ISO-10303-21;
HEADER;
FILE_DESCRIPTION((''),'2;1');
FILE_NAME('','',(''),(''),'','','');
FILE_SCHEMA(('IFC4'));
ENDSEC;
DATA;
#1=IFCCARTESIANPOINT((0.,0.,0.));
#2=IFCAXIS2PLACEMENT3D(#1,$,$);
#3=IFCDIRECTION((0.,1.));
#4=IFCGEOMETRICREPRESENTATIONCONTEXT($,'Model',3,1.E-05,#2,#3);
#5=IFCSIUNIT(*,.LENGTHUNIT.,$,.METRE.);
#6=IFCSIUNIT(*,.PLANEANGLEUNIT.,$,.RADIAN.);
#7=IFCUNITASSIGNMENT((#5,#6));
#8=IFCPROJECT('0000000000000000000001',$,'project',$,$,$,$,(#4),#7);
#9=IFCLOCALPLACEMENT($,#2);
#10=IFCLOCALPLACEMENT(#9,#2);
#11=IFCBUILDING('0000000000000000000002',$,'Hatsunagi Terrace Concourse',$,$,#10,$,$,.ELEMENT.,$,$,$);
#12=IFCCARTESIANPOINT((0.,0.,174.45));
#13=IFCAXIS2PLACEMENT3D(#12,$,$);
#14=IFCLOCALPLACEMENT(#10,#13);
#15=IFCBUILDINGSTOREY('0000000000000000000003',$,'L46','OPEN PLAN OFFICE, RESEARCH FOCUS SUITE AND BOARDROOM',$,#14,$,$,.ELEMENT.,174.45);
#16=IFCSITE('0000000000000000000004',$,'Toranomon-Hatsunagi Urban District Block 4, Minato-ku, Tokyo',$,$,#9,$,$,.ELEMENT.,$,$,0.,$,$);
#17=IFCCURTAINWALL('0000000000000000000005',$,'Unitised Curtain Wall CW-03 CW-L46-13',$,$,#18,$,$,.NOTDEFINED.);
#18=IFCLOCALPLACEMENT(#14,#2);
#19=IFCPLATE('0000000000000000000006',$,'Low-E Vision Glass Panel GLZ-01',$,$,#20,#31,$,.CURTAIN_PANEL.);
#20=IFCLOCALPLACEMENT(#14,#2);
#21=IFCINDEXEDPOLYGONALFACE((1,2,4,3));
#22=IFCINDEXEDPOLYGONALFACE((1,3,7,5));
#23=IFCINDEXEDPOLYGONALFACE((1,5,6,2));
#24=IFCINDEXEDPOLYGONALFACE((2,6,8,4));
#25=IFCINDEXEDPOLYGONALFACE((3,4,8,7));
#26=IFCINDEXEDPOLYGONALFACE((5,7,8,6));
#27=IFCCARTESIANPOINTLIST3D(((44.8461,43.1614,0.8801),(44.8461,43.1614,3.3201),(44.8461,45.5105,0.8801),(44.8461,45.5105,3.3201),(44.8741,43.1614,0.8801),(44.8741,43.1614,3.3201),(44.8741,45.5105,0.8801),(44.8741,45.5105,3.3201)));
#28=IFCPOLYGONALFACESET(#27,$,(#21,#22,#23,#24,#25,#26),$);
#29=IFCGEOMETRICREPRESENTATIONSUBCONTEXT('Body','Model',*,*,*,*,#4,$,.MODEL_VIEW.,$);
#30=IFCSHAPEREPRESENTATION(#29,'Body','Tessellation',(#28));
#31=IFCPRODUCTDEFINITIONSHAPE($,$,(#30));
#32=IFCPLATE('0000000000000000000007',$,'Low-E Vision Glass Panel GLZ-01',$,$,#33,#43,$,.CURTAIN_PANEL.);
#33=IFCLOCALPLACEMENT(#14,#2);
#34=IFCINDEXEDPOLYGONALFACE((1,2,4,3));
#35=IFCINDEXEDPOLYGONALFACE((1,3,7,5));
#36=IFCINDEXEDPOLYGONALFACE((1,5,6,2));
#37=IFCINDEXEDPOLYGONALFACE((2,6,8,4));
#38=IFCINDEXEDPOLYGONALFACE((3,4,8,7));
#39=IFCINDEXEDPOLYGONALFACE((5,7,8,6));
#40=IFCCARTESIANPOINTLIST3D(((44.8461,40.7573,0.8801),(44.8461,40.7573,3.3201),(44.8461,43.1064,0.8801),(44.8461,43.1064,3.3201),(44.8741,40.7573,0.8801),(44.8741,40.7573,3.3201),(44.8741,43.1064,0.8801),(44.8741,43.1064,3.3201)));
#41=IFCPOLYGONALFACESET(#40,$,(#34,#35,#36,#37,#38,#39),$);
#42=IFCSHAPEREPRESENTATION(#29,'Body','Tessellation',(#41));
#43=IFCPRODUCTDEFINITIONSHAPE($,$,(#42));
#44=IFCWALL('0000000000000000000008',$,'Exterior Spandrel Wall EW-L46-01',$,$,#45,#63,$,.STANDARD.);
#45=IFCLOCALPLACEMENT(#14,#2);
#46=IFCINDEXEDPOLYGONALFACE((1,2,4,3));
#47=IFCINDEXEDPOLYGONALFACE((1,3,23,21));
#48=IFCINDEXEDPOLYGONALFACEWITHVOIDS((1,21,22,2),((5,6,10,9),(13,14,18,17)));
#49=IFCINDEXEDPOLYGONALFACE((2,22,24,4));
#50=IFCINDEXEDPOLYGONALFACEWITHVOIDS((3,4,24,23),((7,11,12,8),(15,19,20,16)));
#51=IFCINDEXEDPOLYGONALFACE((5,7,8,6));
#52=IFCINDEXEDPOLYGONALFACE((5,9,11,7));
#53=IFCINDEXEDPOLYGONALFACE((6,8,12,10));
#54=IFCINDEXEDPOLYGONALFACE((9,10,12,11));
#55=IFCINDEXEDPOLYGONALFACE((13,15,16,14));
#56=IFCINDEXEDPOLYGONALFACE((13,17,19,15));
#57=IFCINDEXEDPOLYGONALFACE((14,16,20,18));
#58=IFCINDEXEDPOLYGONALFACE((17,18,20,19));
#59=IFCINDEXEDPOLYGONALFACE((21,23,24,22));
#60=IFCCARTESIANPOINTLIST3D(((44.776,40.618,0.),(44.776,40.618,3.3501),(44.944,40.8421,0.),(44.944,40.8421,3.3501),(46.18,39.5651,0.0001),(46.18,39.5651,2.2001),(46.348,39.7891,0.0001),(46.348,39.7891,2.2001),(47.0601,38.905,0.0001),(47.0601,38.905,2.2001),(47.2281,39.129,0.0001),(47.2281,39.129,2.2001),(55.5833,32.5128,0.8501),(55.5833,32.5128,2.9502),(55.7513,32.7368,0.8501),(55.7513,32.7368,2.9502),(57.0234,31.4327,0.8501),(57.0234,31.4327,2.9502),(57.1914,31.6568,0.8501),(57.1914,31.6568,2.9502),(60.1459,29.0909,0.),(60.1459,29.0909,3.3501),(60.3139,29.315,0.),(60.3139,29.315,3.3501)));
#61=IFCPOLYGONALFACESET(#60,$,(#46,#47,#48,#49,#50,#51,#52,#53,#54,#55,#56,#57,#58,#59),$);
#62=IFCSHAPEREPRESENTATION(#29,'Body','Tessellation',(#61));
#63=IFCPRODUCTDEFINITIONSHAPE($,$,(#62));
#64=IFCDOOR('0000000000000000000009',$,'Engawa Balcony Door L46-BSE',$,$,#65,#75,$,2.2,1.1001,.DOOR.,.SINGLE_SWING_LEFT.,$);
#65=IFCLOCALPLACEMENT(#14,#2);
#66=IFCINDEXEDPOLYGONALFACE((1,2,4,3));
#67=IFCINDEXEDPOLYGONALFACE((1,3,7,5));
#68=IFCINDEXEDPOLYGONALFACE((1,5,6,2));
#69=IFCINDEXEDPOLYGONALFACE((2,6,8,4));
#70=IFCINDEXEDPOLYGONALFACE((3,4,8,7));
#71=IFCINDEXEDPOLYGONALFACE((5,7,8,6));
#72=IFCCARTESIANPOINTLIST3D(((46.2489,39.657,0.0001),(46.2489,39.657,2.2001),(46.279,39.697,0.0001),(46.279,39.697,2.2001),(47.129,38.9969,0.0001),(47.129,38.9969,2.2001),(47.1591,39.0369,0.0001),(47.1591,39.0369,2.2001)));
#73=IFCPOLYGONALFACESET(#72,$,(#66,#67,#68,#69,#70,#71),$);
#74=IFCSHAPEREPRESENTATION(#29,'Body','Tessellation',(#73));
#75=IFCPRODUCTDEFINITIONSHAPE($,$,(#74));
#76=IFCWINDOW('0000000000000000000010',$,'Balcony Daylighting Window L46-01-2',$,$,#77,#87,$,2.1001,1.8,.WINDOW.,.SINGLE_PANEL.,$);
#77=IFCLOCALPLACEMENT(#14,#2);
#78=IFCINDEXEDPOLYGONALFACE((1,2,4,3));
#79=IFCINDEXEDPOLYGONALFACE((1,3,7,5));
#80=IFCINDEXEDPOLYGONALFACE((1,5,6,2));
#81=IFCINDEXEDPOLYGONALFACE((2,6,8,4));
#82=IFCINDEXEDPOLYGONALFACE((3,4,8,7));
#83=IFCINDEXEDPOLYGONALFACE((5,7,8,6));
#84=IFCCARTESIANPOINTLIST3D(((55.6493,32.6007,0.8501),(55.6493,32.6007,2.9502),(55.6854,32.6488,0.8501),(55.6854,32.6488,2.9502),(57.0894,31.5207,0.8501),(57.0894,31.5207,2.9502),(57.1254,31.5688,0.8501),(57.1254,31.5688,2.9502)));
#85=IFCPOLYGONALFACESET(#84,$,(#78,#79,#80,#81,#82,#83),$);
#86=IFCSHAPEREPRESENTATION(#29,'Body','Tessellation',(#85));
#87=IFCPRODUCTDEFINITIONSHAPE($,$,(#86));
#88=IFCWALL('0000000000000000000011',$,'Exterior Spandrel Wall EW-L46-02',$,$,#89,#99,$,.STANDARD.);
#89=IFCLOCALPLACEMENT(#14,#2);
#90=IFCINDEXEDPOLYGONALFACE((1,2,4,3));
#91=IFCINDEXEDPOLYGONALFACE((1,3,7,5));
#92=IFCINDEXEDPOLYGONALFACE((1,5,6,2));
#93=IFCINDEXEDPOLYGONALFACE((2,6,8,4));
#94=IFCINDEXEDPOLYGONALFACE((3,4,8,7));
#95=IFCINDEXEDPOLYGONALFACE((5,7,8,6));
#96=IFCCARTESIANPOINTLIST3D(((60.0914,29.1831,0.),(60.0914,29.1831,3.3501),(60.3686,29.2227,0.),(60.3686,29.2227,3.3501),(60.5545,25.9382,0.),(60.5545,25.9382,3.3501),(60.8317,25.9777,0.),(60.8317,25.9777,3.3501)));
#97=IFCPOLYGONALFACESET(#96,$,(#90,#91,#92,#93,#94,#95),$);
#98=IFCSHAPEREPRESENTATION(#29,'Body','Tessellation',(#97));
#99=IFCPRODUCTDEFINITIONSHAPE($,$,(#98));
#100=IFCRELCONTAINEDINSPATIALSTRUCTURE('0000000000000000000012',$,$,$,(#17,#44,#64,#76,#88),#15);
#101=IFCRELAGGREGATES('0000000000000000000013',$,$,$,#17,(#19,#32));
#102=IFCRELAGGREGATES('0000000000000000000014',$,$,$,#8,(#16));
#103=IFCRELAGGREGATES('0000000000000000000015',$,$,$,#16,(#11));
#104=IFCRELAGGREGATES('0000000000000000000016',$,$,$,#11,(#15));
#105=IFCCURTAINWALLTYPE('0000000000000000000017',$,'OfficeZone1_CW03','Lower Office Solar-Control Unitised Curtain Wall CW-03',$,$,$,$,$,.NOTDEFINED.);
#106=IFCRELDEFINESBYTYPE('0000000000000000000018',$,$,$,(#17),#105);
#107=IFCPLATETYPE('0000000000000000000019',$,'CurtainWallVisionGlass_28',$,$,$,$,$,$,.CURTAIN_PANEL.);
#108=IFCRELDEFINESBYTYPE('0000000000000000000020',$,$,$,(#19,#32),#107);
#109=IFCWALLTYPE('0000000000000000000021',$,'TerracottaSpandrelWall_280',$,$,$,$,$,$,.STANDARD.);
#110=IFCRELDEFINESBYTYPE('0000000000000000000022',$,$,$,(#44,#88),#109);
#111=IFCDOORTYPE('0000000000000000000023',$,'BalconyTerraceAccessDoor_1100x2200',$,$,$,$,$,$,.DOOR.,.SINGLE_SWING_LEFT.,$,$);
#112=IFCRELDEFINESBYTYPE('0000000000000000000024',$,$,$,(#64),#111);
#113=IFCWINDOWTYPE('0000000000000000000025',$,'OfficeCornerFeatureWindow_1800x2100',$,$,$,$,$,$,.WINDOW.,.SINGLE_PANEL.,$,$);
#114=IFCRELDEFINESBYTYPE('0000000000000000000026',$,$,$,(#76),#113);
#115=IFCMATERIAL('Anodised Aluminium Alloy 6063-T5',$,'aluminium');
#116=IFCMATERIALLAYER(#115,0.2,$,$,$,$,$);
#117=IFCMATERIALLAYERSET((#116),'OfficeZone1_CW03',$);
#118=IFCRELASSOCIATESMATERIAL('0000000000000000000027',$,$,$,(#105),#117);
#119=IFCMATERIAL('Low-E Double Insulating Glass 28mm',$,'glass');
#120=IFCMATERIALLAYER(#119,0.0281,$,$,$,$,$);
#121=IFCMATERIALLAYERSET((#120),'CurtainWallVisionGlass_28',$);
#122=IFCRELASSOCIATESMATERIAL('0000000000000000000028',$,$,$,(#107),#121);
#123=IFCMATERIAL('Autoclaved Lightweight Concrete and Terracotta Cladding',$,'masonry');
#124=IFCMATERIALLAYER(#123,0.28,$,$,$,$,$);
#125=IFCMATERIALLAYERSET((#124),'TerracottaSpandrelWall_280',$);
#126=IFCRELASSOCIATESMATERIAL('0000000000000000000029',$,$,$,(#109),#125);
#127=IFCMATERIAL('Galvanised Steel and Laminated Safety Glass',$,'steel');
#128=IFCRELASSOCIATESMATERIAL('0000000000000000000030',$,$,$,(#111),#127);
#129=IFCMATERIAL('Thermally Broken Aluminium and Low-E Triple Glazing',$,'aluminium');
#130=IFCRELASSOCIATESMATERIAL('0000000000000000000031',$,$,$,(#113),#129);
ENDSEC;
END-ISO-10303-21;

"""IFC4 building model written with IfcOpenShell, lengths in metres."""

from ifc_helpers import new_model, si_unit, direction, frame, frame_2d, origin, origin_2d, place, context, subcontext, project, spatial, rectangle, extrude, material, layer, layer_set, type_object, element, fill, aggregate, save


model = new_model("IFC4")

# Units and contexts
model_context = context("Model", 3, precision=1e-05, world=origin(), true_north=direction((0.0, 1.0)))
body_context = subcontext(model_context, "Body", "Model", "MODEL_VIEW")
ifc_project = project(units=[si_unit("LENGTHUNIT", "METRE"), si_unit("PLANEANGLEUNIT", "RADIAN")], contexts=[model_context])

# Site, building, storey
site_placement = place(None, origin())
site = spatial("IfcSite", under=ifc_project, at=site_placement, Name="Toranomon-Hatsunagi Urban District Block 4, Minato-ku, Tokyo", CompositionType="ELEMENT", RefElevation=0.0)
building_placement = place(site_placement, origin())
building = spatial("IfcBuilding", under=site, at=building_placement, Name="Hatsunagi Terrace Concourse", CompositionType="ELEMENT")
storey_placement = place(building_placement, frame((0.0, 0.0, 174.45)))
storey = spatial("IfcBuildingStorey", under=building, at=storey_placement, Name="L46", Description="OPEN PLAN OFFICE, RESEARCH FOCUS SUITE AND BOARDROOM", CompositionType="ELEMENT", Elevation=174.45)

# Curtain wall
ifc_material_1 = material(Name="Anodised Aluminium Alloy 6063-T5", Category="aluminium")
ifc_layer_1 = layer(ifc_material_1, 0.2)
ifc_layer_set_1 = layer_set([ifc_layer_1], Name="OfficeZone1_CW03")
curtain_wall_type = type_object("IfcCurtainWallType", Name="OfficeZone1_CW03", Description="Lower Office Solar-Control Unitised Curtain Wall CW-03", PredefinedType="NOTDEFINED", material=ifc_layer_set_1)
curtain_wall_placement = place(storey_placement, origin())
curtain_wall = element("IfcCurtainWall", 1, at=curtain_wall_placement, inside=storey, type_object=curtain_wall_type, Name="Unitised Curtain Wall CW-03 CW-L46-13", PredefinedType="NOTDEFINED")

# Plates
ifc_material_2 = material(Name="Low-E Double Insulating Glass 28mm", Category="glass")
ifc_layer_2 = layer(ifc_material_2, 0.0281)
ifc_layer_set_2 = layer_set([ifc_layer_2], Name="CurtainWallVisionGlass_28")
plate_type_1 = type_object("IfcPlateType", Name="CurtainWallVisionGlass_28", PredefinedType="CURTAIN_PANEL", material=ifc_layer_set_2)
plate_1_placement = place(storey_placement, frame((44.8601, 44.3359, 0.8801), z_axis=(0.0, 0.0, 1.0), x_axis=(0.0, -1.0, 0.0)))
plate_1 = element("IfcPlate", 2, at=plate_1_placement, type_object=plate_type_1, Name="Low-E Vision Glass Panel GLZ-01", PredefinedType="CURTAIN_PANEL", context=body_context, shape_type="SweptSolid", body=[
    extrude(rectangle(XDim=2.3491, YDim=0.0281, at=origin_2d()), origin(), (0.0, 0.0, 1.0), 2.4399),
])
plate_2_placement = place(storey_placement, frame((44.8601, 41.9319, 0.8801), z_axis=(0.0, 0.0, 1.0), x_axis=(0.0, -1.0, 0.0)))
plate_2 = element("IfcPlate", 3, at=plate_2_placement, type_object=plate_type_1, Name="Low-E Vision Glass Panel GLZ-01", PredefinedType="CURTAIN_PANEL", context=body_context, shape_type="SweptSolid", body=[
    extrude(rectangle(XDim=2.3491, YDim=0.0281, at=origin_2d()), origin(), (0.0, 0.0, 1.0), 2.4399),
])
aggregate(curtain_wall, [plate_1, plate_2])

# Wall, openings, door, window
ifc_material_3 = material(Name="Autoclaved Lightweight Concrete and Terracotta Cladding", Category="masonry")
ifc_layer_3 = layer(ifc_material_3, 0.28)
ifc_layer_set_3 = layer_set([ifc_layer_3], Name="TerracottaSpandrelWall_280")
wall_type = type_object("IfcWallType", Name="TerracottaSpandrelWall_280", PredefinedType="STANDARD", material=ifc_layer_set_3)
wall_1_placement = place(storey_placement, frame((44.8601, 40.73, 0.0), z_axis=(0.0, 0.0, 1.0), x_axis=(0.800008, -0.59999, 0.0)))
wall_1 = element("IfcWall", 4, at=wall_1_placement, inside=storey, type_object=wall_type, Name="Exterior Spandrel Wall EW-L46-01", PredefinedType="STANDARD", context=body_context, shape_type="SweptSolid", body=[
    extrude(rectangle(XDim=19.2122, YDim=0.28, at=frame_2d((9.606, 0.0))), origin(), (0.0, 0.0, 1.0), 3.3501),
])
opening_1_placement = place(wall_1_placement, frame((1.7549, 0.0, 0.0)))
opening_1 = element("IfcOpeningElement", 5, at=opening_1_placement, cuts=wall_1, PredefinedType="OPENING", context=body_context, shape_type="SweptSolid", body=[
    extrude(rectangle(XDim=1.1001, YDim=2.2, at=frame_2d((0.55, 1.1001))), frame((0.0, 0.1499, 0.0), z_axis=(0.0, -1.0, 0.0), x_axis=(1.0, 0.0, 0.0)), (0.0, 0.0, 1.0), 0.3),
])
opening_2_placement = place(wall_1_placement, frame((13.509, 0.0, 0.8501)))
opening_2 = element("IfcOpeningElement", 6, at=opening_2_placement, cuts=wall_1, PredefinedType="OPENING", context=body_context, shape_type="SweptSolid", body=[
    extrude(rectangle(XDim=1.8, YDim=2.1001, at=frame_2d((0.8999, 1.05))), frame((0.0, 0.1499, 0.0), z_axis=(0.0, -1.0, 0.0), x_axis=(1.0, 0.0, 0.0)), (0.0, 0.0, 1.0), 0.3),
])
ifc_material_4 = material(Name="Galvanised Steel and Laminated Safety Glass", Category="steel")
door_type = type_object("IfcDoorType", Name="BalconyTerraceAccessDoor_1100x2200", OperationType="SINGLE_SWING_LEFT", PredefinedType="DOOR", material=ifc_material_4)
door_placement = place(opening_1_placement, origin())
door = element("IfcDoor", 7, at=door_placement, inside=storey, type_object=door_type, Name="Engawa Balcony Door L46-BSE", OperationType="SINGLE_SWING_LEFT", OverallHeight=2.2, OverallWidth=1.1001, PredefinedType="DOOR", context=body_context, shape_type="SweptSolid", body=[
    extrude(rectangle(XDim=1.1001, YDim=2.2, at=frame_2d((0.55, 1.1001))), frame((0.0, 0.0249, 0.0), z_axis=(0.0, -1.0, 0.0), x_axis=(1.0, 0.0, 0.0)), (0.0, 0.0, 1.0), 0.05),
])
fill(opening_1, door)
ifc_material_5 = material(Name="Thermally Broken Aluminium and Low-E Triple Glazing", Category="aluminium")
window_type = type_object("IfcWindowType", Name="OfficeCornerFeatureWindow_1800x2100", PartitioningType="SINGLE_PANEL", PredefinedType="WINDOW", material=ifc_material_5)
window_placement = place(opening_2_placement, origin())
window = element("IfcWindow", 8, at=window_placement, inside=storey, type_object=window_type, Name="Balcony Daylighting Window L46-01-2", OverallHeight=2.1001, OverallWidth=1.8, PartitioningType="SINGLE_PANEL", PredefinedType="WINDOW", context=body_context, shape_type="SweptSolid", body=[
    extrude(rectangle(XDim=1.8, YDim=2.1001, at=frame_2d((0.8999, 1.05))), frame((0.0, 0.03, 0.0), z_axis=(0.0, -1.0, 0.0), x_axis=(1.0, 0.0, 0.0)), (0.0, 0.0, 1.0), 0.0601),
])
fill(opening_2, window)

# Wall
wall_2_placement = place(storey_placement, frame((60.23, 29.2029, 0.0), z_axis=(0.0, 0.0, 1.0), x_axis=(0.141296, -0.989967, 0.0)))
element("IfcWall", 9, at=wall_2_placement, inside=storey, type_object=wall_type, Name="Exterior Spandrel Wall EW-L46-02", PredefinedType="STANDARD", context=body_context, shape_type="SweptSolid", body=[
    extrude(rectangle(XDim=3.2778, YDim=0.28, at=frame_2d((1.6389, 0.0))), origin(), (0.0, 0.0, 1.0), 3.3501),
])

save(model, "model.ifc")
